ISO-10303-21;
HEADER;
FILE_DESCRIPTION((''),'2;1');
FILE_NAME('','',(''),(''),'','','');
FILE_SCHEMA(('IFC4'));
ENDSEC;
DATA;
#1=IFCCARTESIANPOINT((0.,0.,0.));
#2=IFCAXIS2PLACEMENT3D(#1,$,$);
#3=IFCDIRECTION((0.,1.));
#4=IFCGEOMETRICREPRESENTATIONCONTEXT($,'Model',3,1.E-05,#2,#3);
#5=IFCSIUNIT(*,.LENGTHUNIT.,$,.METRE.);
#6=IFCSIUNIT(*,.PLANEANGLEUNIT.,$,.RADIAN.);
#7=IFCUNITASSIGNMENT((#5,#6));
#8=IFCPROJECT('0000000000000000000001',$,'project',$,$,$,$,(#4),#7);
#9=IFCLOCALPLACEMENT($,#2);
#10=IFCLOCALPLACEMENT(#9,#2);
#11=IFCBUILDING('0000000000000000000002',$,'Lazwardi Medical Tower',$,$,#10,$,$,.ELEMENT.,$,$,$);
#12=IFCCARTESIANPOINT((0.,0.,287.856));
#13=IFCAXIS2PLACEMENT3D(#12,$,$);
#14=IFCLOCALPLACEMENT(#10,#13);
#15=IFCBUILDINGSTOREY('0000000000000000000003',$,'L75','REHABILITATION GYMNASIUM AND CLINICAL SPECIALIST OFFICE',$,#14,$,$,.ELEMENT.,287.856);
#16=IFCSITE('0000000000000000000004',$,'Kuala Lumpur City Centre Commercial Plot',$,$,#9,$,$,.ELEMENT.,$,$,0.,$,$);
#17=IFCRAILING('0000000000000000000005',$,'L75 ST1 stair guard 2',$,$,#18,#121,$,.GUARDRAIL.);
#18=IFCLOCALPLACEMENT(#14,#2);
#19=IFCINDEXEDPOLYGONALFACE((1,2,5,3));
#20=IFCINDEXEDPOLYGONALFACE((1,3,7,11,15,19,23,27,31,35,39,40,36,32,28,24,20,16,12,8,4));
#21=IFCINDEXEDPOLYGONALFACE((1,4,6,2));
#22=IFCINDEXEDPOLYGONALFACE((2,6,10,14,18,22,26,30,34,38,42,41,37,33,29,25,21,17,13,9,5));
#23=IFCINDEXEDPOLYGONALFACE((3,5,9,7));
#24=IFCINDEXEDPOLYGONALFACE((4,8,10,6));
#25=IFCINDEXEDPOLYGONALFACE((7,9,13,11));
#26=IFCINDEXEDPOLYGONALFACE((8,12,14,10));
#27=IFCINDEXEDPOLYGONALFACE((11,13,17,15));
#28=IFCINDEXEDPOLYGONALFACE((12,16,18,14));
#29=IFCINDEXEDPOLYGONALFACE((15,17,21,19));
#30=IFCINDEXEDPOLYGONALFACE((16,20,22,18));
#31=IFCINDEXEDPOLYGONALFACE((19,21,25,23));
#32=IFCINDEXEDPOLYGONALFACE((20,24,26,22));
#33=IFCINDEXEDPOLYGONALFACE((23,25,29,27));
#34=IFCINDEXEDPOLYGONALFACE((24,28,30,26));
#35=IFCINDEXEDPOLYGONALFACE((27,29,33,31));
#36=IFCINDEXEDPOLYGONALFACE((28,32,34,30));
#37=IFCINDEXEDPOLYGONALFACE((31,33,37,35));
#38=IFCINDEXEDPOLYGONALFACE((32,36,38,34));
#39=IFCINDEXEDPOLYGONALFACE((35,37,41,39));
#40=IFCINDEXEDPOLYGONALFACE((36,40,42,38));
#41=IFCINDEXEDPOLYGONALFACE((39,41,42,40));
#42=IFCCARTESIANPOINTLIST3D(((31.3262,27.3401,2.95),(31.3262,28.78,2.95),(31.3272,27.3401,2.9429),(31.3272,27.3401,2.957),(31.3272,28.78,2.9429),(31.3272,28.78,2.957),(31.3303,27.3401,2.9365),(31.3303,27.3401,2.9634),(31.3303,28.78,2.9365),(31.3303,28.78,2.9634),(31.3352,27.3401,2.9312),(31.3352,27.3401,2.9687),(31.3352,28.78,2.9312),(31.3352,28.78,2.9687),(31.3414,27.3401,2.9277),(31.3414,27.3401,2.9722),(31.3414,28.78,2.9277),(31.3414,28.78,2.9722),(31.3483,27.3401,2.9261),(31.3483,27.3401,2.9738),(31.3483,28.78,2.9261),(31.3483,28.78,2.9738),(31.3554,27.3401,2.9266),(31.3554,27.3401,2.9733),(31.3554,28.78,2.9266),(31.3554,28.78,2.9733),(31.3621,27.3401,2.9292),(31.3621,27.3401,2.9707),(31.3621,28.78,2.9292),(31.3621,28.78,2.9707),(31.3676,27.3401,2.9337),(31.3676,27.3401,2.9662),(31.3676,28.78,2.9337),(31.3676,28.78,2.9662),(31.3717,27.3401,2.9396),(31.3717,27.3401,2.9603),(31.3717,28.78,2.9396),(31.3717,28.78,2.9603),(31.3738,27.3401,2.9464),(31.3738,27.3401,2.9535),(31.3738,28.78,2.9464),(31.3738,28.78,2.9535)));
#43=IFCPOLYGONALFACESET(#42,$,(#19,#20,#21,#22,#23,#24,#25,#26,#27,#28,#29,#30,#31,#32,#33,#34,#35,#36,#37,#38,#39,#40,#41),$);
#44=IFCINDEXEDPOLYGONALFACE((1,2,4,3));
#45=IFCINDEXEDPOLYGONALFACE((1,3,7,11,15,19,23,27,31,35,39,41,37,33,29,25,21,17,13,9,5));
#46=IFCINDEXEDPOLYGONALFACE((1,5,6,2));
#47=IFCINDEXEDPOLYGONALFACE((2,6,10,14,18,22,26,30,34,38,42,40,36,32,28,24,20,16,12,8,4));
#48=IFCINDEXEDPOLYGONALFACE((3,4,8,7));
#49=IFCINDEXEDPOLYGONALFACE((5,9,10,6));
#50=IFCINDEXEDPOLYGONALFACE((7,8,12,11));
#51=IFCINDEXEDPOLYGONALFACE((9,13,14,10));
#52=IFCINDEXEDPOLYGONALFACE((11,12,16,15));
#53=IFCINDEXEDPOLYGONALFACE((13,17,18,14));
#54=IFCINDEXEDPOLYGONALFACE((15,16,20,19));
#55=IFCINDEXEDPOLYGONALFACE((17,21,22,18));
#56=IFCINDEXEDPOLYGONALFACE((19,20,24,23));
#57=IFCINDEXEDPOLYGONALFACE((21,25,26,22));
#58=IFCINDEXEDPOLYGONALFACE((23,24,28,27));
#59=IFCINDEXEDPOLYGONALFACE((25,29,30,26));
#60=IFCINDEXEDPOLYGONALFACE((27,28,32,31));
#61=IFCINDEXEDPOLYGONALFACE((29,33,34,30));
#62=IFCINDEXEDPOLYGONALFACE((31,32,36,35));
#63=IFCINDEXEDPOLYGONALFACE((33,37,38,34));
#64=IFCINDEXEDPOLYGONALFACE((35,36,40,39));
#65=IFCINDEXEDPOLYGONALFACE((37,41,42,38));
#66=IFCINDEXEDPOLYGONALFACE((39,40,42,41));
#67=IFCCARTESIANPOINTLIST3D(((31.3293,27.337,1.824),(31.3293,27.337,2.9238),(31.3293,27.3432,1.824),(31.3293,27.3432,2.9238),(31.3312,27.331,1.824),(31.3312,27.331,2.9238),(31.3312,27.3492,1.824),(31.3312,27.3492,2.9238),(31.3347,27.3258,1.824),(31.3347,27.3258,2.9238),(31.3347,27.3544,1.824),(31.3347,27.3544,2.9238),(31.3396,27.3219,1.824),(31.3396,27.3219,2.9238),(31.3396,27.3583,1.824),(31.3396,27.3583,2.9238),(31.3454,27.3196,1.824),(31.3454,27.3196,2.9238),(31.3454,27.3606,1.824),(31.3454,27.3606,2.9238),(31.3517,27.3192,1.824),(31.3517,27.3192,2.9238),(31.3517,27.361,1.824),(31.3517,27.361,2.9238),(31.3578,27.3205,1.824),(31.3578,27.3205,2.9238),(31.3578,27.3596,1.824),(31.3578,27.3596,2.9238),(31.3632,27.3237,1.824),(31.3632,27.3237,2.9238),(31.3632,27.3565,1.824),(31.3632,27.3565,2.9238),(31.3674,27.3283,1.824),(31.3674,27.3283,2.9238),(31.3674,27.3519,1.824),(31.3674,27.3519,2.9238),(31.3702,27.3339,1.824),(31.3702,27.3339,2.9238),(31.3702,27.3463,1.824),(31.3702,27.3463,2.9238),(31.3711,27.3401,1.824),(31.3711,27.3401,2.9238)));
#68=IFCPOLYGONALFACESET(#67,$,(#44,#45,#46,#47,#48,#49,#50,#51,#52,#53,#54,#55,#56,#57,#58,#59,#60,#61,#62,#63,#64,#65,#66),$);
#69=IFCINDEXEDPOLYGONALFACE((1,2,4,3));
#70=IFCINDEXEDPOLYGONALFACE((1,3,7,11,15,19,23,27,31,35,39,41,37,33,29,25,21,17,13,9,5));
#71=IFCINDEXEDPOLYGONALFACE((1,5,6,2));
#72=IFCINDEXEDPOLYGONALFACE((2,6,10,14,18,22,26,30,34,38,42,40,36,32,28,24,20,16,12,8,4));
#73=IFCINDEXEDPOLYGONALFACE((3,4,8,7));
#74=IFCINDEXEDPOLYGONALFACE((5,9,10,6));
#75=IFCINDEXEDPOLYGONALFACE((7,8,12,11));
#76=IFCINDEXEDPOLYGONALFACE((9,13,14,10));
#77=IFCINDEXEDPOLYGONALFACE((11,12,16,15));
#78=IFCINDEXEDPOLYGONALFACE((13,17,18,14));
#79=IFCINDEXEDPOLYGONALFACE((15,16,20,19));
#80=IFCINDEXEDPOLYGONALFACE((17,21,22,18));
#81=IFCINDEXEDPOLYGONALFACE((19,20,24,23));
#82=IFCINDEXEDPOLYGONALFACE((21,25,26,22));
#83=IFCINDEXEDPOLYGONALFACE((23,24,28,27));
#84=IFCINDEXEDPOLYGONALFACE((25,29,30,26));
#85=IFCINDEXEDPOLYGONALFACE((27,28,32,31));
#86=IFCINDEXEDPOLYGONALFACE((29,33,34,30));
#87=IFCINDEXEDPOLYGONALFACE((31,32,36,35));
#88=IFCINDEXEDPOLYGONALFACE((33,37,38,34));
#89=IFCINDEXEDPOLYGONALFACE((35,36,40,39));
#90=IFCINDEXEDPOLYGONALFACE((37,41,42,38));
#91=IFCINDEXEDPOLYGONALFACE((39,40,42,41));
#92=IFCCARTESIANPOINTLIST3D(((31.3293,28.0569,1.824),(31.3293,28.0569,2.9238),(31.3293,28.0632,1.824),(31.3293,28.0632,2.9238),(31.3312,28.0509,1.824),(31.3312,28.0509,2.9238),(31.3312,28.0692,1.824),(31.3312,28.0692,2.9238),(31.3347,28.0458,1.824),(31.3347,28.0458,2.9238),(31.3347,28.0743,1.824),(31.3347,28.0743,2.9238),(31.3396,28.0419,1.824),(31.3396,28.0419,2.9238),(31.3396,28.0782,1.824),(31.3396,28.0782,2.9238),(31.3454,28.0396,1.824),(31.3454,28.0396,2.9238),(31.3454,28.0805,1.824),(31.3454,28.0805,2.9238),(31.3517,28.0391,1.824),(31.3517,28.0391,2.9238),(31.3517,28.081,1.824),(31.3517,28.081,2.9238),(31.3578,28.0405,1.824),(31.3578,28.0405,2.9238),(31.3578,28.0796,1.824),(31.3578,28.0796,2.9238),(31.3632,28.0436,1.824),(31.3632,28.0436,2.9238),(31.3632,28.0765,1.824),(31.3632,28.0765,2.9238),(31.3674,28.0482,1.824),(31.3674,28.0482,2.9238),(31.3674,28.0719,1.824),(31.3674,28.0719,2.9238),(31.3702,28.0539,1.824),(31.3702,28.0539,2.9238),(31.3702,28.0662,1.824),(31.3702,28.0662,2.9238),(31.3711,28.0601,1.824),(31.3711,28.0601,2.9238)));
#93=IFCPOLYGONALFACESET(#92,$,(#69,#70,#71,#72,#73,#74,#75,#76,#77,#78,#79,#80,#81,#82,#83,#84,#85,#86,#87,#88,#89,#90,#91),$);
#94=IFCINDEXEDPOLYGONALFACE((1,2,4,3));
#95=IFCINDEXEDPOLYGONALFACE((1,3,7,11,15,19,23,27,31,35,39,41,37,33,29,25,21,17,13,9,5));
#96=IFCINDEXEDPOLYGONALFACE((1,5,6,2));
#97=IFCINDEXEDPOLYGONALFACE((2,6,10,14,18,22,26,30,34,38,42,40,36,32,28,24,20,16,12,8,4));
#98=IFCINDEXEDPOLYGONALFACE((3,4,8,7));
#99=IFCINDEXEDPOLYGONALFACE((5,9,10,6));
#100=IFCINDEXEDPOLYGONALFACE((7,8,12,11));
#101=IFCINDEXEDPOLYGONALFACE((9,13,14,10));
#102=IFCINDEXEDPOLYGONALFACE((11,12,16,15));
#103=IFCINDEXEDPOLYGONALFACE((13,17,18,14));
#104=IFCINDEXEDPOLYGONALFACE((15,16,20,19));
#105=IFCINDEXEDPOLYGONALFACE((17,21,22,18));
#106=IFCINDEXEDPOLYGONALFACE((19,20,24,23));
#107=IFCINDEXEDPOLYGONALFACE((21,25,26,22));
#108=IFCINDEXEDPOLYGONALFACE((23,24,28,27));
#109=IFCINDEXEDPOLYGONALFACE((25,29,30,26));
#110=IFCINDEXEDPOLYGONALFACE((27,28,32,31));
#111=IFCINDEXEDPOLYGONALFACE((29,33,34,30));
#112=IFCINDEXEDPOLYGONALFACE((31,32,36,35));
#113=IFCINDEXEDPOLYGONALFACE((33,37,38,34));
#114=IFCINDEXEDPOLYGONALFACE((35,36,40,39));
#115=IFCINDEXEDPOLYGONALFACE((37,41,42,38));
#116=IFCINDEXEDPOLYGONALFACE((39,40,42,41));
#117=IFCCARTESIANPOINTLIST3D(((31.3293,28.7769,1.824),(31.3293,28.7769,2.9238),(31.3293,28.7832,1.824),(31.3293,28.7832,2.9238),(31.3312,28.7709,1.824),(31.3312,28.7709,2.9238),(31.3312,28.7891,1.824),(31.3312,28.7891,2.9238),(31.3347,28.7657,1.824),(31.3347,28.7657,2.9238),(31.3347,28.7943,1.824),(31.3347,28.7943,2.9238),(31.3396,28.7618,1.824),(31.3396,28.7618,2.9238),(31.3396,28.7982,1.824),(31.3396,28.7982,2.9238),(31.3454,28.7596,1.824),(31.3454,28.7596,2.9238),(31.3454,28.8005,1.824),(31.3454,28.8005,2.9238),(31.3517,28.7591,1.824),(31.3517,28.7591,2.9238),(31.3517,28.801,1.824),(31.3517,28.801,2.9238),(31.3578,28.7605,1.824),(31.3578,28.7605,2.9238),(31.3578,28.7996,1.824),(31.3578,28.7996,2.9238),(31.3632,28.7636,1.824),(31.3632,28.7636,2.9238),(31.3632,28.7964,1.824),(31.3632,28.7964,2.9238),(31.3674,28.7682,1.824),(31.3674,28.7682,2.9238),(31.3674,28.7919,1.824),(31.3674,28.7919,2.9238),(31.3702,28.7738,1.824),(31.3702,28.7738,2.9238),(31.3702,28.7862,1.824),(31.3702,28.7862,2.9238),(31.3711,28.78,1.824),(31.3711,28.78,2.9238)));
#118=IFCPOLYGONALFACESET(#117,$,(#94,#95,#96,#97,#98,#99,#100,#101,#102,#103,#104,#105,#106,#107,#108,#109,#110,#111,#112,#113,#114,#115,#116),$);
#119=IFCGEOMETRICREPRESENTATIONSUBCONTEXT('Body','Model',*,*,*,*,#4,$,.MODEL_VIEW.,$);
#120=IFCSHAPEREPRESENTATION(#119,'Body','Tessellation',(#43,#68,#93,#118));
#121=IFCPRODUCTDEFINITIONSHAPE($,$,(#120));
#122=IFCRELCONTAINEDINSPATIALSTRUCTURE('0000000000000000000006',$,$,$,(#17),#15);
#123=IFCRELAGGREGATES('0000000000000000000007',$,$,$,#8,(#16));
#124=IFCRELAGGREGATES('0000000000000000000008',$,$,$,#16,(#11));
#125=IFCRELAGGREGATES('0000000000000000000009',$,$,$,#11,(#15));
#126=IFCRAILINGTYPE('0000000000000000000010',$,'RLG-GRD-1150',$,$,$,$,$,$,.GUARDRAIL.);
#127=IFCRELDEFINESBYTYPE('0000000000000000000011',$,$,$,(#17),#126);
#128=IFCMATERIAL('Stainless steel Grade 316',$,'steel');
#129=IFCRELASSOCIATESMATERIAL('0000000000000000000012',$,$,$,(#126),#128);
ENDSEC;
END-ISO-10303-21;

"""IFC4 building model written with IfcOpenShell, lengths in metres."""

from ifc_helpers import new_model, si_unit, direction, frame, origin, origin_2d, place, context, subcontext, project, spatial, circle, extrude, material, type_object, element, save


model = new_model("IFC4")

# Units and contexts
model_context = context("Model", 3, precision=1e-05, world=origin(), true_north=direction((0.0, 1.0)))
body_context = subcontext(model_context, "Body", "Model", "MODEL_VIEW")
ifc_project = project(units=[si_unit("LENGTHUNIT", "METRE"), si_unit("PLANEANGLEUNIT", "RADIAN")], contexts=[model_context])

# Site, building, storey
site_placement = place(None, origin())
site = spatial("IfcSite", under=ifc_project, at=site_placement, Name="Kuala Lumpur City Centre Commercial Plot", CompositionType="ELEMENT", RefElevation=0.0)
building_placement = place(site_placement, origin())
building = spatial("IfcBuilding", under=site, at=building_placement, Name="Lazwardi Medical Tower", CompositionType="ELEMENT")
storey_placement = place(building_placement, frame((0.0, 0.0, 287.856)))
storey = spatial("IfcBuildingStorey", under=building, at=storey_placement, Name="L75", Description="REHABILITATION GYMNASIUM AND CLINICAL SPECIALIST OFFICE", CompositionType="ELEMENT", Elevation=287.856)

# Railing
ifc_material_1 = material(Name="Stainless steel Grade 316", Category="steel")
railing_type_1 = type_object("IfcRailingType", Name="RLG-GRD-1150", PredefinedType="GUARDRAIL", material=ifc_material_1)
railing_1_placement = place(storey_placement, frame((31.3501, 27.3401, 1.824)))
element("IfcRailing", 1, at=railing_1_placement, inside=storey, type_object=railing_type_1, Name="L75 ST1 stair guard 2", PredefinedType="GUARDRAIL", context=body_context, shape_type="SweptSolid", body=[
    extrude(circle(Radius=0.0239, at=origin_2d()), frame((0.0, 0.0, 1.126), z_axis=(0.0, 1.0, 0.0), x_axis=(-1.0, 0.0, 0.0)), (0.0, 0.0, 1.0), 1.4399),
    extrude(circle(Radius=0.021, at=origin_2d()), origin(), (0.0, 0.0, 1.0), 1.0999),
    extrude(circle(Radius=0.021, at=origin_2d()), frame((0.0, 0.72, 0.0)), (0.0, 0.0, 1.0), 1.0999),
    extrude(circle(Radius=0.021, at=origin_2d()), frame((0.0, 1.4399, 0.0)), (0.0, 0.0, 1.0), 1.0999),
])

save(model, "model.ifc")
